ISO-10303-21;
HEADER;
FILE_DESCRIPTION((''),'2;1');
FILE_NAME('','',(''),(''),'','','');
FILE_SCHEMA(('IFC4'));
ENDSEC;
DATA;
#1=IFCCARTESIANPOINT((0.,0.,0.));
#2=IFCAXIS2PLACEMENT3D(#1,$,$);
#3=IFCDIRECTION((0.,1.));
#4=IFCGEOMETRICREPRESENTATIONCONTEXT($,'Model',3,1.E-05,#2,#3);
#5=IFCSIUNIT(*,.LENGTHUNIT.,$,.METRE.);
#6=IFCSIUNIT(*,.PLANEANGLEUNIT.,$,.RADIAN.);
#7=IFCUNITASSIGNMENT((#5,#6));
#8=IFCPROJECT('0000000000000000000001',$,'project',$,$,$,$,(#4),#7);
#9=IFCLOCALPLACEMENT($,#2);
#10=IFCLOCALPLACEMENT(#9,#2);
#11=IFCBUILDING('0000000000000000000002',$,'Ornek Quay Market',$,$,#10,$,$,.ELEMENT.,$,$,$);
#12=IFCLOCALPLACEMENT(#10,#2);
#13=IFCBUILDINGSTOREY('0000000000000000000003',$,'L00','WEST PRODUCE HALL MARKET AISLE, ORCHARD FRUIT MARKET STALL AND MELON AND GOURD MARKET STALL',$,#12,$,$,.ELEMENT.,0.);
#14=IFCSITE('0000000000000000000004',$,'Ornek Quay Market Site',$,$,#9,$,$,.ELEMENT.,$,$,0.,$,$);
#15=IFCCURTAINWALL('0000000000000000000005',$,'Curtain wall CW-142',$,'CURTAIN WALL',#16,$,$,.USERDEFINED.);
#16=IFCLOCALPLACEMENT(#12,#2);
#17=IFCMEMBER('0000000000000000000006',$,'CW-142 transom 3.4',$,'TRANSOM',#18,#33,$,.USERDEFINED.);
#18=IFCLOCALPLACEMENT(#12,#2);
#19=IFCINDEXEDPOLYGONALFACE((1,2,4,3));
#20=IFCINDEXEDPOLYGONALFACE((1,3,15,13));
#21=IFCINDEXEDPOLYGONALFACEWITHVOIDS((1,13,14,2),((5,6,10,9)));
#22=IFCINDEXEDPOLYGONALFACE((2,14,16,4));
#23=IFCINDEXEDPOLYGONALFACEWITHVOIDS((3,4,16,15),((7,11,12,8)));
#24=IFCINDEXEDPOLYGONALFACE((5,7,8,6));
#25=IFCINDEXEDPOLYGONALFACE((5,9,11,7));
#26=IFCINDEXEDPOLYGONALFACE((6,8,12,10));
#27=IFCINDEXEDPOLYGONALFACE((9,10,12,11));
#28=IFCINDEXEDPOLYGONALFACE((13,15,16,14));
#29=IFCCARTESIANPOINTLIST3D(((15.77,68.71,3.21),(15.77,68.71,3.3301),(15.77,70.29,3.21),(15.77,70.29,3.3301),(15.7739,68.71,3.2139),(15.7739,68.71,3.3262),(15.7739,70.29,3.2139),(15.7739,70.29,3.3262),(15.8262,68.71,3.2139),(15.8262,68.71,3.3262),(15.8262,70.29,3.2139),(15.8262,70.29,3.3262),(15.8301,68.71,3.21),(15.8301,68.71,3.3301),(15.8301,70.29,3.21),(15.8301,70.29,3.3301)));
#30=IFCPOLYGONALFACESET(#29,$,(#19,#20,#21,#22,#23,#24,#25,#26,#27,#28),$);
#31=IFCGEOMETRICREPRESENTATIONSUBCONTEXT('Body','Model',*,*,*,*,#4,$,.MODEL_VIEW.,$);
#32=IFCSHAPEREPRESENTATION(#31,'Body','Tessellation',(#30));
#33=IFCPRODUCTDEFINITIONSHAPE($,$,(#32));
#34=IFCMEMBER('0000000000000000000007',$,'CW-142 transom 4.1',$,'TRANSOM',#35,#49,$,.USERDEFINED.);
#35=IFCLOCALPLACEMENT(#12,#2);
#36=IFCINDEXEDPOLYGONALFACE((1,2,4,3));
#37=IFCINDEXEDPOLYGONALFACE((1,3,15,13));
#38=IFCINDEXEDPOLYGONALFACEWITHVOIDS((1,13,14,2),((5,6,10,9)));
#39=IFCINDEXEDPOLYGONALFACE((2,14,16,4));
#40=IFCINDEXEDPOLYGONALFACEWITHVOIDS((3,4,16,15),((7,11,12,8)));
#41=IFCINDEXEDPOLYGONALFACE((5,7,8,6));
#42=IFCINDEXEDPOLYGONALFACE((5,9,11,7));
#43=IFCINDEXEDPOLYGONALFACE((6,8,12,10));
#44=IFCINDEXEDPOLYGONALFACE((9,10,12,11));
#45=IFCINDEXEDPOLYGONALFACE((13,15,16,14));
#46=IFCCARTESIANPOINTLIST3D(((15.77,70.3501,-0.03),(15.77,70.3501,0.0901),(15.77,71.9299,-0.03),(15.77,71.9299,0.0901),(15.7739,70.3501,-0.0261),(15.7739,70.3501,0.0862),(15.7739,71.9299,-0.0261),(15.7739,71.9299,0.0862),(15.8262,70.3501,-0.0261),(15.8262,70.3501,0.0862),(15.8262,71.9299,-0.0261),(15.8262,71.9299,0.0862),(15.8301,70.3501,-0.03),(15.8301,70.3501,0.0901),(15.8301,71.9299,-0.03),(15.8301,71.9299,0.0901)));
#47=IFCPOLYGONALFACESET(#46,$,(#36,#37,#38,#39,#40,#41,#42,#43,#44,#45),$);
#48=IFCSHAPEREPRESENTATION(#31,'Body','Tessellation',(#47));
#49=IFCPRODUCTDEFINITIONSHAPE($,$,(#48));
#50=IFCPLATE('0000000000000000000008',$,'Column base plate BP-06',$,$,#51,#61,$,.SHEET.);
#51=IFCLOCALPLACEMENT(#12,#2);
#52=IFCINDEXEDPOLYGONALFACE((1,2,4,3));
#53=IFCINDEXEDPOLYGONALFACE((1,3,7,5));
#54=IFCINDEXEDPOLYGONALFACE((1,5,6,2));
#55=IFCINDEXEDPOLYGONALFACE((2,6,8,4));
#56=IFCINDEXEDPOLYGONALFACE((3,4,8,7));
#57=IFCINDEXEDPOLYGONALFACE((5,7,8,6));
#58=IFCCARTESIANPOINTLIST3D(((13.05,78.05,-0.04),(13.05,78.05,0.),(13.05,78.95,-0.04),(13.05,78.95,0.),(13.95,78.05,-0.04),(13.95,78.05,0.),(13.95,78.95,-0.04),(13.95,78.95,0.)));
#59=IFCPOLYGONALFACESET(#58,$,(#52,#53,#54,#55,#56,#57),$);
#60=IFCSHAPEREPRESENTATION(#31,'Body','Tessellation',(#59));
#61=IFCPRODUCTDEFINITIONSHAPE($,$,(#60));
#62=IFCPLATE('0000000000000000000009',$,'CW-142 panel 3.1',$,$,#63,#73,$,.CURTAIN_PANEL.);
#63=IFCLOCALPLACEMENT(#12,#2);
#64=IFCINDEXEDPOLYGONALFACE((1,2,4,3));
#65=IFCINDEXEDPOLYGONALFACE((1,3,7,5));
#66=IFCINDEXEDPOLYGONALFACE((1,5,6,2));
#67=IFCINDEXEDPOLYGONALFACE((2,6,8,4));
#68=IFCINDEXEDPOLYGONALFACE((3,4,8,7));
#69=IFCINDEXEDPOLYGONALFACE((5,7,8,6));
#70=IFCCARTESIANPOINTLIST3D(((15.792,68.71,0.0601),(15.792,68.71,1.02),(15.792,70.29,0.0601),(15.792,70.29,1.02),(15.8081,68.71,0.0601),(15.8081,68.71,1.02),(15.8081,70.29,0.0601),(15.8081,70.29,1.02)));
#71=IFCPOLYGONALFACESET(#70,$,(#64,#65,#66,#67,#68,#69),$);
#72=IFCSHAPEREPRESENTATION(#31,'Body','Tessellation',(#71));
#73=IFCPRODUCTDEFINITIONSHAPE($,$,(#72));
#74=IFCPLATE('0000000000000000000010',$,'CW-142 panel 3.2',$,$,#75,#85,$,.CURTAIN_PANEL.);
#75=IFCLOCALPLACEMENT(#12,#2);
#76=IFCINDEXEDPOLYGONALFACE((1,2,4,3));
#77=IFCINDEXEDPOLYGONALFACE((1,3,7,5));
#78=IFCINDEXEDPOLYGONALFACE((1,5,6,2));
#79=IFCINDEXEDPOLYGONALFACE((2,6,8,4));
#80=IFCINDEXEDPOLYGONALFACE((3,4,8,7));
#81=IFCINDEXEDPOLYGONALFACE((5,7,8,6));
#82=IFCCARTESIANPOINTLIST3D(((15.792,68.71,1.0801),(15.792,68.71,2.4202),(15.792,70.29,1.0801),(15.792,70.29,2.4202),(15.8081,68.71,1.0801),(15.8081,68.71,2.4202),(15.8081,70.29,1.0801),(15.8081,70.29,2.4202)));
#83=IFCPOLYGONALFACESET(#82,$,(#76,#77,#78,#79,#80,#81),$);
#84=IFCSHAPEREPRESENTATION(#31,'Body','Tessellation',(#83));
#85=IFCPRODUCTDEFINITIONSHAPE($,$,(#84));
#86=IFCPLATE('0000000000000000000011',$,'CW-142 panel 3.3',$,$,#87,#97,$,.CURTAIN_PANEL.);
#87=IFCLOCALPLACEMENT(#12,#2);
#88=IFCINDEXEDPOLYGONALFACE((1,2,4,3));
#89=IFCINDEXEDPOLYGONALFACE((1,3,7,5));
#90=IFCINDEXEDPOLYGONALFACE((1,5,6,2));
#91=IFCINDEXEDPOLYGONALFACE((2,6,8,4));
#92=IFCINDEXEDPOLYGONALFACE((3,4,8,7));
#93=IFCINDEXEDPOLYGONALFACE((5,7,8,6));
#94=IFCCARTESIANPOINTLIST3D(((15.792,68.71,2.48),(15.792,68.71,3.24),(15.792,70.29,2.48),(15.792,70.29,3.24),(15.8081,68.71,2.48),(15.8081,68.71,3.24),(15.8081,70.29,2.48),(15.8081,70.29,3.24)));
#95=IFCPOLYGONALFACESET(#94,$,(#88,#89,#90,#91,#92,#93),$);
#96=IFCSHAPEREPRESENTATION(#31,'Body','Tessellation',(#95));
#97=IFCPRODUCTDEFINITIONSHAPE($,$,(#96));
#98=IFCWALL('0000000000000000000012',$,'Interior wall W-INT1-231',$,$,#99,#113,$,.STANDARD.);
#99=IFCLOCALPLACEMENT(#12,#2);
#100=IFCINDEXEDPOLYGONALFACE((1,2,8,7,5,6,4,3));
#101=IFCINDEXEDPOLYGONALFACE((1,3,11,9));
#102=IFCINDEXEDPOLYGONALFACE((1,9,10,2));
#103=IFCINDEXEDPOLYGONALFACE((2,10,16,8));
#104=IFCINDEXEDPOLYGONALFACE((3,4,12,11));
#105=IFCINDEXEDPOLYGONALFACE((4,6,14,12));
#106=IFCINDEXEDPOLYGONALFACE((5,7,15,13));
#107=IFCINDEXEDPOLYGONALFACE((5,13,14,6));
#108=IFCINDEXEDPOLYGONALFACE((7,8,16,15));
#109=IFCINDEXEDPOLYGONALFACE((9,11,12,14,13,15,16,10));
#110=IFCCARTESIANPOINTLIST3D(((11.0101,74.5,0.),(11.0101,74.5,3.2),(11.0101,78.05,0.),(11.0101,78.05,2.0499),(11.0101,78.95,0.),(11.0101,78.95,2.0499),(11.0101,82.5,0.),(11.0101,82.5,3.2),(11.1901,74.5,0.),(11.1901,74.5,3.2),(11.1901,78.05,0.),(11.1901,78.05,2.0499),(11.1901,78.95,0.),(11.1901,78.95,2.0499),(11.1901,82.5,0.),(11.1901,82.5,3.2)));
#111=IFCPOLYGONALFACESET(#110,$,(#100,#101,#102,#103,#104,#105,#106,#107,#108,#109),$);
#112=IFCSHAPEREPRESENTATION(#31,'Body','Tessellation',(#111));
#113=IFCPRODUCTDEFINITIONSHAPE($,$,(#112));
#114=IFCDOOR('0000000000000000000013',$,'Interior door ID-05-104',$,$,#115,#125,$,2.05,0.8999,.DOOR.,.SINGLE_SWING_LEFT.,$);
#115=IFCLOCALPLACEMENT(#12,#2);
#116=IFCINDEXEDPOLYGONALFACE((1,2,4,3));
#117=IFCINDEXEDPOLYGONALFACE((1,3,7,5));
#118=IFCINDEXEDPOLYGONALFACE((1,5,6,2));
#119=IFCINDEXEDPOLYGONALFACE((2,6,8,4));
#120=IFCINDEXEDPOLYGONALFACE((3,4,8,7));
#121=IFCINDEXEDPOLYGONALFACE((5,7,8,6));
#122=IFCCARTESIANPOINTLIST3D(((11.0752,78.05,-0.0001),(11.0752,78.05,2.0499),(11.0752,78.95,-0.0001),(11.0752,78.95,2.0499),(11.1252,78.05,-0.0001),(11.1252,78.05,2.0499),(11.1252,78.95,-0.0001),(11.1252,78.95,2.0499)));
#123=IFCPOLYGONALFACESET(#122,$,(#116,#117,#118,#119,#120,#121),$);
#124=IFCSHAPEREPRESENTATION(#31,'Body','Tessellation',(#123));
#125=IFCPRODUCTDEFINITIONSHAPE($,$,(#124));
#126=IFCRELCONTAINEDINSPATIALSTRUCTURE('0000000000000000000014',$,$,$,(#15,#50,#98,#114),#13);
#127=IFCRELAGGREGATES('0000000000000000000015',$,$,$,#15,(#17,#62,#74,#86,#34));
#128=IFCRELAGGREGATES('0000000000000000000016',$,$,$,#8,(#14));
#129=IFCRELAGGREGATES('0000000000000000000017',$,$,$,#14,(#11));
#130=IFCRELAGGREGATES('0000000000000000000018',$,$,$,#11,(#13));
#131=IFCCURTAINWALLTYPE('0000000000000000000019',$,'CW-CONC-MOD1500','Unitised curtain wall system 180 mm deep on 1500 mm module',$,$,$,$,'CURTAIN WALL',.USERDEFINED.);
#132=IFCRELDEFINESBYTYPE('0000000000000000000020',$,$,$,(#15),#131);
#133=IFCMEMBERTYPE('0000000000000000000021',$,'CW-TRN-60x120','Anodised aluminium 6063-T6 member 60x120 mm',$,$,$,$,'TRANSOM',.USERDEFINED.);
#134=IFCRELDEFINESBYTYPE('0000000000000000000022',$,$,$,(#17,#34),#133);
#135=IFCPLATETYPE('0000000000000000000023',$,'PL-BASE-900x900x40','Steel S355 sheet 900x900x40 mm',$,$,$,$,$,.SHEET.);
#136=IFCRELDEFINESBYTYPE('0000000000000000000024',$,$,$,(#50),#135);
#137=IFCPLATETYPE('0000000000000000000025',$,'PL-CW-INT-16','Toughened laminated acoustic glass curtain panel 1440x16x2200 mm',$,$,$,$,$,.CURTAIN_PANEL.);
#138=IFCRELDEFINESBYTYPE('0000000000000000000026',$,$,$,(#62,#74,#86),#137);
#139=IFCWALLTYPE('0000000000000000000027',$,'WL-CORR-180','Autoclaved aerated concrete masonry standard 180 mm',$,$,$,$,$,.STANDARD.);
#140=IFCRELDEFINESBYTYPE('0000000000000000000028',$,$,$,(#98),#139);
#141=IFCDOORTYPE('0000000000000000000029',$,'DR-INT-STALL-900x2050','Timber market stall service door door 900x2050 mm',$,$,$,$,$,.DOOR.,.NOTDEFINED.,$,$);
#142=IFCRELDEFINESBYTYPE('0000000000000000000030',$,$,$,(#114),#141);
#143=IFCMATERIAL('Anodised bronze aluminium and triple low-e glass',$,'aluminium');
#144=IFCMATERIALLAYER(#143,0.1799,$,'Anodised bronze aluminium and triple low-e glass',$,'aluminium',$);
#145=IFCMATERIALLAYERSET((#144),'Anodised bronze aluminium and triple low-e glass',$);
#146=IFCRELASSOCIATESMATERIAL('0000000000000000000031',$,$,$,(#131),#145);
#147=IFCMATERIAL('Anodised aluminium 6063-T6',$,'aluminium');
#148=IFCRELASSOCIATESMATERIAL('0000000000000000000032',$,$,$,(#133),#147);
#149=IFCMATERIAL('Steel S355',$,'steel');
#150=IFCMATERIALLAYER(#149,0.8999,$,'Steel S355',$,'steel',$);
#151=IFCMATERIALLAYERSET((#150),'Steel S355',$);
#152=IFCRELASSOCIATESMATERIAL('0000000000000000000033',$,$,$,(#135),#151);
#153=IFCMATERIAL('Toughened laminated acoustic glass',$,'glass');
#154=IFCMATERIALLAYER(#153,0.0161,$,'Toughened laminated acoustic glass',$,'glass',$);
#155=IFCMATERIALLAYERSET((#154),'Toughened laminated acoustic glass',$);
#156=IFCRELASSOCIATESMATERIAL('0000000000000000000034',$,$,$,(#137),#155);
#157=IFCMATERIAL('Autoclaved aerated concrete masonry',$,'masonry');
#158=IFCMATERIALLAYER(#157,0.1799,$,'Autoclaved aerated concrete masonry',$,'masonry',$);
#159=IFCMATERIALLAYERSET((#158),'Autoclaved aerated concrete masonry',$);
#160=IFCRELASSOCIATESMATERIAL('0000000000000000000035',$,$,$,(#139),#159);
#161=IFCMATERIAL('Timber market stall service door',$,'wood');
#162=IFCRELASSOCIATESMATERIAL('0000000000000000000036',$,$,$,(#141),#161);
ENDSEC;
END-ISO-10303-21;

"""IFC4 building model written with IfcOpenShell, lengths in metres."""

from ifc_helpers import new_model, si_unit, direction, frame, frame_2d, origin, origin_2d, place, context, subcontext, project, spatial, rectangle, hollow_rectangle, extrude, material, layer, layer_set, material_profile, profile_set, type_object, element, fill, aggregate, save


model = new_model("IFC4")

# Units and contexts
model_context = context("Model", 3, precision=1e-05, world=origin(), true_north=direction((0.0, 1.0)))
body_context = subcontext(model_context, "Body", "Model", "MODEL_VIEW")
ifc_project = project(units=[si_unit("LENGTHUNIT", "METRE"), si_unit("PLANEANGLEUNIT", "RADIAN")], contexts=[model_context])

# Site, building, storey
site_placement = place(None, origin())
site = spatial("IfcSite", under=ifc_project, at=site_placement, Name="Ornek Quay Market Site", CompositionType="ELEMENT", RefElevation=0.0)
building_placement = place(site_placement, origin())
building = spatial("IfcBuilding", under=site, at=building_placement, Name="Ornek Quay Market", CompositionType="ELEMENT")
storey_placement = place(building_placement, origin())
storey = spatial("IfcBuildingStorey", under=building, at=storey_placement, Name="L00", Description="WEST PRODUCE HALL MARKET AISLE, ORCHARD FRUIT MARKET STALL AND MELON AND GOURD MARKET STALL", CompositionType="ELEMENT", Elevation=0.0)

# Shared definitions
ifc_material_1 = material(Name="Steel S355", Category="steel")

# Curtain wall, members
ifc_material_2 = material(Name="Anodised bronze aluminium and triple low-e glass", Category="aluminium")
ifc_layer_1 = layer(ifc_material_2, 0.1799, Name="Anodised bronze aluminium and triple low-e glass", Category="aluminium")
ifc_layer_set_1 = layer_set([ifc_layer_1], Name="Anodised bronze aluminium and triple low-e glass")
curtain_wall_type = type_object("IfcCurtainWallType", Name="CW-CONC-MOD1500", Description="Unitised curtain wall system 180 mm deep on 1500 mm module", ElementType="CURTAIN WALL", PredefinedType="USERDEFINED", material=ifc_layer_set_1)
curtain_wall_placement = place(storey_placement, origin())
curtain_wall = element("IfcCurtainWall", 1, at=curtain_wall_placement, inside=storey, type_object=curtain_wall_type, Name="Curtain wall CW-142", ObjectType="CURTAIN WALL", PredefinedType="USERDEFINED")
ifc_material_3 = material(Name="Anodised aluminium 6063-T6", Category="aluminium")
ifc_material_profile_1 = material_profile(ifc_material_3, hollow_rectangle(XDim=0.0601, YDim=0.1201, WallThickness=0.0039, at=origin_2d()), Name="CW-TRN-60x120", Category="aluminium")
ifc_profile_set_1 = profile_set([ifc_material_profile_1], Name="Anodised aluminium 6063-T6")
member_type_1 = type_object("IfcMemberType", Name="CW-TRN-60x120", Description="Anodised aluminium 6063-T6 member 60x120 mm", ElementType="TRANSOM", PredefinedType="USERDEFINED", material=ifc_profile_set_1)
member_1_placement = place(storey_placement, frame((15.8, 68.71, 3.27), z_axis=(0.0, 1.0, 0.0), x_axis=(-1.0, 0.0, 0.0)))
member_1 = element("IfcMember", 2, at=member_1_placement, type_object=member_type_1, Name="CW-142 transom 3.4", ObjectType="TRANSOM", PredefinedType="USERDEFINED", context=body_context, shape_type="SweptSolid", body=[
    extrude(hollow_rectangle(XDim=0.0601, YDim=0.1201, WallThickness=0.0039, at=origin_2d()), origin(), (0.0, 0.0, 1.0), 1.5801),
])
member_2_placement = place(storey_placement, frame((15.8, 70.3501, 0.03), z_axis=(0.0, 1.0, 0.0), x_axis=(-1.0, 0.0, 0.0)))
member_2 = element("IfcMember", 3, at=member_2_placement, type_object=member_type_1, Name="CW-142 transom 4.1", ObjectType="TRANSOM", PredefinedType="USERDEFINED", context=body_context, shape_type="SweptSolid", body=[
    extrude(hollow_rectangle(XDim=0.0601, YDim=0.1201, WallThickness=0.0039, at=origin_2d()), origin(), (0.0, 0.0, 1.0), 1.5798),
])

# Plates
ifc_layer_2 = layer(ifc_material_1, 0.8999, Name="Steel S355", Category="steel")
ifc_layer_set_2 = layer_set([ifc_layer_2], Name="Steel S355")
plate_type_1 = type_object("IfcPlateType", Name="PL-BASE-900x900x40", Description="Steel S355 sheet 900x900x40 mm", PredefinedType="SHEET", material=ifc_layer_set_2)
plate_1_placement = place(storey_placement, frame((13.5, 78.5, -0.04), z_axis=(0.0, 0.0, 1.0), x_axis=(1.0, 0.0, 0.0)))
element("IfcPlate", 4, at=plate_1_placement, inside=storey, type_object=plate_type_1, Name="Column base plate BP-06", PredefinedType="SHEET", context=body_context, shape_type="SweptSolid", body=[
    extrude(rectangle(XDim=0.8999, YDim=0.8999, at=origin_2d()), origin(), (0.0, 0.0, 1.0), 0.04),
])
ifc_material_4 = material(Name="Toughened laminated acoustic glass", Category="glass")
ifc_layer_3 = layer(ifc_material_4, 0.0161, Name="Toughened laminated acoustic glass", Category="glass")
ifc_layer_set_3 = layer_set([ifc_layer_3], Name="Toughened laminated acoustic glass")
plate_type_2 = type_object("IfcPlateType", Name="PL-CW-INT-16", Description="Toughened laminated acoustic glass curtain panel 1440x16x2200 mm", PredefinedType="CURTAIN_PANEL", material=ifc_layer_set_3)
plate_2_placement = place(storey_placement, frame((15.8, 69.5, 0.0601), z_axis=(0.0, 0.0, 1.0), x_axis=(0.0, 1.0, 0.0)))
plate_2 = element("IfcPlate", 5, at=plate_2_placement, type_object=plate_type_2, Name="CW-142 panel 3.1", PredefinedType="CURTAIN_PANEL", context=body_context, shape_type="SweptSolid", body=[
    extrude(rectangle(XDim=1.5801, YDim=0.0161, at=origin_2d()), origin(), (0.0, 0.0, 1.0), 0.96),
])
plate_3_placement = place(storey_placement, frame((15.8, 69.5, 1.0801), z_axis=(0.0, 0.0, 1.0), x_axis=(0.0, 1.0, 0.0)))
plate_3 = element("IfcPlate", 6, at=plate_3_placement, type_object=plate_type_2, Name="CW-142 panel 3.2", PredefinedType="CURTAIN_PANEL", context=body_context, shape_type="SweptSolid", body=[
    extrude(rectangle(XDim=1.5801, YDim=0.0161, at=origin_2d()), origin(), (0.0, 0.0, 1.0), 1.3401),
])
plate_4_placement = place(storey_placement, frame((15.8, 69.5, 2.48), z_axis=(0.0, 0.0, 1.0), x_axis=(0.0, 1.0, 0.0)))
plate_4 = element("IfcPlate", 7, at=plate_4_placement, type_object=plate_type_2, Name="CW-142 panel 3.3", PredefinedType="CURTAIN_PANEL", context=body_context, shape_type="SweptSolid", body=[
    extrude(rectangle(XDim=1.5801, YDim=0.0161, at=origin_2d()), origin(), (0.0, 0.0, 1.0), 0.76),
])
aggregate(curtain_wall, [member_1, plate_2, plate_3, plate_4, member_2])

# Wall, opening, door
ifc_material_5 = material(Name="Autoclaved aerated concrete masonry", Category="masonry")
ifc_layer_4 = layer(ifc_material_5, 0.1799, Name="Autoclaved aerated concrete masonry", Category="masonry")
ifc_layer_set_4 = layer_set([ifc_layer_4], Name="Autoclaved aerated concrete masonry")
wall_type = type_object("IfcWallType", Name="WL-CORR-180", Description="Autoclaved aerated concrete masonry standard 180 mm", PredefinedType="STANDARD", material=ifc_layer_set_4)
wall_placement = place(storey_placement, frame((11.1001, 74.5, 0.0), z_axis=(0.0, 0.0, 1.0), x_axis=(0.0, 1.0, 0.0)))
wall = element("IfcWall", 8, at=wall_placement, inside=storey, type_object=wall_type, Name="Interior wall W-INT1-231", PredefinedType="STANDARD", context=body_context, shape_type="SweptSolid", body=[
    extrude(rectangle(XDim=8.0, YDim=0.1799, at=frame_2d((4.0, 0.0))), origin(), (0.0, 0.0, 1.0), 3.2),
])
opening_placement = place(wall_placement, frame((3.55, 0.0, 0.0)))
opening = element("IfcOpeningElement", 9, at=opening_placement, cuts=wall, PredefinedType="OPENING", context=body_context, shape_type="SweptSolid", body=[
    extrude(rectangle(XDim=0.8999, YDim=2.05, at=frame_2d((0.45, 1.0249))), frame((0.0, 0.0999, 0.0), z_axis=(0.0, -1.0, 0.0), x_axis=(1.0, 0.0, 0.0)), (0.0, 0.0, 1.0), 0.2),
])
ifc_material_6 = material(Name="Timber market stall service door", Category="wood")
door_type = type_object("IfcDoorType", Name="DR-INT-STALL-900x2050", Description="Timber market stall service door door 900x2050 mm", OperationType="NOTDEFINED", PredefinedType="DOOR", material=ifc_material_6)
door_placement = place(opening_placement, origin())
door = element("IfcDoor", 10, at=door_placement, inside=storey, type_object=door_type, Name="Interior door ID-05-104", OperationType="SINGLE_SWING_LEFT", OverallHeight=2.05, OverallWidth=0.8999, PredefinedType="DOOR", context=body_context, shape_type="SweptSolid", body=[
    extrude(rectangle(XDim=0.8999, YDim=2.05, at=frame_2d((0.45, 1.0249))), frame((0.0, 0.0249, 0.0), z_axis=(0.0, -1.0, 0.0), x_axis=(1.0, 0.0, 0.0)), (0.0, 0.0, 1.0), 0.05),
])
fill(opening, door)

save(model, "model.ifc")
